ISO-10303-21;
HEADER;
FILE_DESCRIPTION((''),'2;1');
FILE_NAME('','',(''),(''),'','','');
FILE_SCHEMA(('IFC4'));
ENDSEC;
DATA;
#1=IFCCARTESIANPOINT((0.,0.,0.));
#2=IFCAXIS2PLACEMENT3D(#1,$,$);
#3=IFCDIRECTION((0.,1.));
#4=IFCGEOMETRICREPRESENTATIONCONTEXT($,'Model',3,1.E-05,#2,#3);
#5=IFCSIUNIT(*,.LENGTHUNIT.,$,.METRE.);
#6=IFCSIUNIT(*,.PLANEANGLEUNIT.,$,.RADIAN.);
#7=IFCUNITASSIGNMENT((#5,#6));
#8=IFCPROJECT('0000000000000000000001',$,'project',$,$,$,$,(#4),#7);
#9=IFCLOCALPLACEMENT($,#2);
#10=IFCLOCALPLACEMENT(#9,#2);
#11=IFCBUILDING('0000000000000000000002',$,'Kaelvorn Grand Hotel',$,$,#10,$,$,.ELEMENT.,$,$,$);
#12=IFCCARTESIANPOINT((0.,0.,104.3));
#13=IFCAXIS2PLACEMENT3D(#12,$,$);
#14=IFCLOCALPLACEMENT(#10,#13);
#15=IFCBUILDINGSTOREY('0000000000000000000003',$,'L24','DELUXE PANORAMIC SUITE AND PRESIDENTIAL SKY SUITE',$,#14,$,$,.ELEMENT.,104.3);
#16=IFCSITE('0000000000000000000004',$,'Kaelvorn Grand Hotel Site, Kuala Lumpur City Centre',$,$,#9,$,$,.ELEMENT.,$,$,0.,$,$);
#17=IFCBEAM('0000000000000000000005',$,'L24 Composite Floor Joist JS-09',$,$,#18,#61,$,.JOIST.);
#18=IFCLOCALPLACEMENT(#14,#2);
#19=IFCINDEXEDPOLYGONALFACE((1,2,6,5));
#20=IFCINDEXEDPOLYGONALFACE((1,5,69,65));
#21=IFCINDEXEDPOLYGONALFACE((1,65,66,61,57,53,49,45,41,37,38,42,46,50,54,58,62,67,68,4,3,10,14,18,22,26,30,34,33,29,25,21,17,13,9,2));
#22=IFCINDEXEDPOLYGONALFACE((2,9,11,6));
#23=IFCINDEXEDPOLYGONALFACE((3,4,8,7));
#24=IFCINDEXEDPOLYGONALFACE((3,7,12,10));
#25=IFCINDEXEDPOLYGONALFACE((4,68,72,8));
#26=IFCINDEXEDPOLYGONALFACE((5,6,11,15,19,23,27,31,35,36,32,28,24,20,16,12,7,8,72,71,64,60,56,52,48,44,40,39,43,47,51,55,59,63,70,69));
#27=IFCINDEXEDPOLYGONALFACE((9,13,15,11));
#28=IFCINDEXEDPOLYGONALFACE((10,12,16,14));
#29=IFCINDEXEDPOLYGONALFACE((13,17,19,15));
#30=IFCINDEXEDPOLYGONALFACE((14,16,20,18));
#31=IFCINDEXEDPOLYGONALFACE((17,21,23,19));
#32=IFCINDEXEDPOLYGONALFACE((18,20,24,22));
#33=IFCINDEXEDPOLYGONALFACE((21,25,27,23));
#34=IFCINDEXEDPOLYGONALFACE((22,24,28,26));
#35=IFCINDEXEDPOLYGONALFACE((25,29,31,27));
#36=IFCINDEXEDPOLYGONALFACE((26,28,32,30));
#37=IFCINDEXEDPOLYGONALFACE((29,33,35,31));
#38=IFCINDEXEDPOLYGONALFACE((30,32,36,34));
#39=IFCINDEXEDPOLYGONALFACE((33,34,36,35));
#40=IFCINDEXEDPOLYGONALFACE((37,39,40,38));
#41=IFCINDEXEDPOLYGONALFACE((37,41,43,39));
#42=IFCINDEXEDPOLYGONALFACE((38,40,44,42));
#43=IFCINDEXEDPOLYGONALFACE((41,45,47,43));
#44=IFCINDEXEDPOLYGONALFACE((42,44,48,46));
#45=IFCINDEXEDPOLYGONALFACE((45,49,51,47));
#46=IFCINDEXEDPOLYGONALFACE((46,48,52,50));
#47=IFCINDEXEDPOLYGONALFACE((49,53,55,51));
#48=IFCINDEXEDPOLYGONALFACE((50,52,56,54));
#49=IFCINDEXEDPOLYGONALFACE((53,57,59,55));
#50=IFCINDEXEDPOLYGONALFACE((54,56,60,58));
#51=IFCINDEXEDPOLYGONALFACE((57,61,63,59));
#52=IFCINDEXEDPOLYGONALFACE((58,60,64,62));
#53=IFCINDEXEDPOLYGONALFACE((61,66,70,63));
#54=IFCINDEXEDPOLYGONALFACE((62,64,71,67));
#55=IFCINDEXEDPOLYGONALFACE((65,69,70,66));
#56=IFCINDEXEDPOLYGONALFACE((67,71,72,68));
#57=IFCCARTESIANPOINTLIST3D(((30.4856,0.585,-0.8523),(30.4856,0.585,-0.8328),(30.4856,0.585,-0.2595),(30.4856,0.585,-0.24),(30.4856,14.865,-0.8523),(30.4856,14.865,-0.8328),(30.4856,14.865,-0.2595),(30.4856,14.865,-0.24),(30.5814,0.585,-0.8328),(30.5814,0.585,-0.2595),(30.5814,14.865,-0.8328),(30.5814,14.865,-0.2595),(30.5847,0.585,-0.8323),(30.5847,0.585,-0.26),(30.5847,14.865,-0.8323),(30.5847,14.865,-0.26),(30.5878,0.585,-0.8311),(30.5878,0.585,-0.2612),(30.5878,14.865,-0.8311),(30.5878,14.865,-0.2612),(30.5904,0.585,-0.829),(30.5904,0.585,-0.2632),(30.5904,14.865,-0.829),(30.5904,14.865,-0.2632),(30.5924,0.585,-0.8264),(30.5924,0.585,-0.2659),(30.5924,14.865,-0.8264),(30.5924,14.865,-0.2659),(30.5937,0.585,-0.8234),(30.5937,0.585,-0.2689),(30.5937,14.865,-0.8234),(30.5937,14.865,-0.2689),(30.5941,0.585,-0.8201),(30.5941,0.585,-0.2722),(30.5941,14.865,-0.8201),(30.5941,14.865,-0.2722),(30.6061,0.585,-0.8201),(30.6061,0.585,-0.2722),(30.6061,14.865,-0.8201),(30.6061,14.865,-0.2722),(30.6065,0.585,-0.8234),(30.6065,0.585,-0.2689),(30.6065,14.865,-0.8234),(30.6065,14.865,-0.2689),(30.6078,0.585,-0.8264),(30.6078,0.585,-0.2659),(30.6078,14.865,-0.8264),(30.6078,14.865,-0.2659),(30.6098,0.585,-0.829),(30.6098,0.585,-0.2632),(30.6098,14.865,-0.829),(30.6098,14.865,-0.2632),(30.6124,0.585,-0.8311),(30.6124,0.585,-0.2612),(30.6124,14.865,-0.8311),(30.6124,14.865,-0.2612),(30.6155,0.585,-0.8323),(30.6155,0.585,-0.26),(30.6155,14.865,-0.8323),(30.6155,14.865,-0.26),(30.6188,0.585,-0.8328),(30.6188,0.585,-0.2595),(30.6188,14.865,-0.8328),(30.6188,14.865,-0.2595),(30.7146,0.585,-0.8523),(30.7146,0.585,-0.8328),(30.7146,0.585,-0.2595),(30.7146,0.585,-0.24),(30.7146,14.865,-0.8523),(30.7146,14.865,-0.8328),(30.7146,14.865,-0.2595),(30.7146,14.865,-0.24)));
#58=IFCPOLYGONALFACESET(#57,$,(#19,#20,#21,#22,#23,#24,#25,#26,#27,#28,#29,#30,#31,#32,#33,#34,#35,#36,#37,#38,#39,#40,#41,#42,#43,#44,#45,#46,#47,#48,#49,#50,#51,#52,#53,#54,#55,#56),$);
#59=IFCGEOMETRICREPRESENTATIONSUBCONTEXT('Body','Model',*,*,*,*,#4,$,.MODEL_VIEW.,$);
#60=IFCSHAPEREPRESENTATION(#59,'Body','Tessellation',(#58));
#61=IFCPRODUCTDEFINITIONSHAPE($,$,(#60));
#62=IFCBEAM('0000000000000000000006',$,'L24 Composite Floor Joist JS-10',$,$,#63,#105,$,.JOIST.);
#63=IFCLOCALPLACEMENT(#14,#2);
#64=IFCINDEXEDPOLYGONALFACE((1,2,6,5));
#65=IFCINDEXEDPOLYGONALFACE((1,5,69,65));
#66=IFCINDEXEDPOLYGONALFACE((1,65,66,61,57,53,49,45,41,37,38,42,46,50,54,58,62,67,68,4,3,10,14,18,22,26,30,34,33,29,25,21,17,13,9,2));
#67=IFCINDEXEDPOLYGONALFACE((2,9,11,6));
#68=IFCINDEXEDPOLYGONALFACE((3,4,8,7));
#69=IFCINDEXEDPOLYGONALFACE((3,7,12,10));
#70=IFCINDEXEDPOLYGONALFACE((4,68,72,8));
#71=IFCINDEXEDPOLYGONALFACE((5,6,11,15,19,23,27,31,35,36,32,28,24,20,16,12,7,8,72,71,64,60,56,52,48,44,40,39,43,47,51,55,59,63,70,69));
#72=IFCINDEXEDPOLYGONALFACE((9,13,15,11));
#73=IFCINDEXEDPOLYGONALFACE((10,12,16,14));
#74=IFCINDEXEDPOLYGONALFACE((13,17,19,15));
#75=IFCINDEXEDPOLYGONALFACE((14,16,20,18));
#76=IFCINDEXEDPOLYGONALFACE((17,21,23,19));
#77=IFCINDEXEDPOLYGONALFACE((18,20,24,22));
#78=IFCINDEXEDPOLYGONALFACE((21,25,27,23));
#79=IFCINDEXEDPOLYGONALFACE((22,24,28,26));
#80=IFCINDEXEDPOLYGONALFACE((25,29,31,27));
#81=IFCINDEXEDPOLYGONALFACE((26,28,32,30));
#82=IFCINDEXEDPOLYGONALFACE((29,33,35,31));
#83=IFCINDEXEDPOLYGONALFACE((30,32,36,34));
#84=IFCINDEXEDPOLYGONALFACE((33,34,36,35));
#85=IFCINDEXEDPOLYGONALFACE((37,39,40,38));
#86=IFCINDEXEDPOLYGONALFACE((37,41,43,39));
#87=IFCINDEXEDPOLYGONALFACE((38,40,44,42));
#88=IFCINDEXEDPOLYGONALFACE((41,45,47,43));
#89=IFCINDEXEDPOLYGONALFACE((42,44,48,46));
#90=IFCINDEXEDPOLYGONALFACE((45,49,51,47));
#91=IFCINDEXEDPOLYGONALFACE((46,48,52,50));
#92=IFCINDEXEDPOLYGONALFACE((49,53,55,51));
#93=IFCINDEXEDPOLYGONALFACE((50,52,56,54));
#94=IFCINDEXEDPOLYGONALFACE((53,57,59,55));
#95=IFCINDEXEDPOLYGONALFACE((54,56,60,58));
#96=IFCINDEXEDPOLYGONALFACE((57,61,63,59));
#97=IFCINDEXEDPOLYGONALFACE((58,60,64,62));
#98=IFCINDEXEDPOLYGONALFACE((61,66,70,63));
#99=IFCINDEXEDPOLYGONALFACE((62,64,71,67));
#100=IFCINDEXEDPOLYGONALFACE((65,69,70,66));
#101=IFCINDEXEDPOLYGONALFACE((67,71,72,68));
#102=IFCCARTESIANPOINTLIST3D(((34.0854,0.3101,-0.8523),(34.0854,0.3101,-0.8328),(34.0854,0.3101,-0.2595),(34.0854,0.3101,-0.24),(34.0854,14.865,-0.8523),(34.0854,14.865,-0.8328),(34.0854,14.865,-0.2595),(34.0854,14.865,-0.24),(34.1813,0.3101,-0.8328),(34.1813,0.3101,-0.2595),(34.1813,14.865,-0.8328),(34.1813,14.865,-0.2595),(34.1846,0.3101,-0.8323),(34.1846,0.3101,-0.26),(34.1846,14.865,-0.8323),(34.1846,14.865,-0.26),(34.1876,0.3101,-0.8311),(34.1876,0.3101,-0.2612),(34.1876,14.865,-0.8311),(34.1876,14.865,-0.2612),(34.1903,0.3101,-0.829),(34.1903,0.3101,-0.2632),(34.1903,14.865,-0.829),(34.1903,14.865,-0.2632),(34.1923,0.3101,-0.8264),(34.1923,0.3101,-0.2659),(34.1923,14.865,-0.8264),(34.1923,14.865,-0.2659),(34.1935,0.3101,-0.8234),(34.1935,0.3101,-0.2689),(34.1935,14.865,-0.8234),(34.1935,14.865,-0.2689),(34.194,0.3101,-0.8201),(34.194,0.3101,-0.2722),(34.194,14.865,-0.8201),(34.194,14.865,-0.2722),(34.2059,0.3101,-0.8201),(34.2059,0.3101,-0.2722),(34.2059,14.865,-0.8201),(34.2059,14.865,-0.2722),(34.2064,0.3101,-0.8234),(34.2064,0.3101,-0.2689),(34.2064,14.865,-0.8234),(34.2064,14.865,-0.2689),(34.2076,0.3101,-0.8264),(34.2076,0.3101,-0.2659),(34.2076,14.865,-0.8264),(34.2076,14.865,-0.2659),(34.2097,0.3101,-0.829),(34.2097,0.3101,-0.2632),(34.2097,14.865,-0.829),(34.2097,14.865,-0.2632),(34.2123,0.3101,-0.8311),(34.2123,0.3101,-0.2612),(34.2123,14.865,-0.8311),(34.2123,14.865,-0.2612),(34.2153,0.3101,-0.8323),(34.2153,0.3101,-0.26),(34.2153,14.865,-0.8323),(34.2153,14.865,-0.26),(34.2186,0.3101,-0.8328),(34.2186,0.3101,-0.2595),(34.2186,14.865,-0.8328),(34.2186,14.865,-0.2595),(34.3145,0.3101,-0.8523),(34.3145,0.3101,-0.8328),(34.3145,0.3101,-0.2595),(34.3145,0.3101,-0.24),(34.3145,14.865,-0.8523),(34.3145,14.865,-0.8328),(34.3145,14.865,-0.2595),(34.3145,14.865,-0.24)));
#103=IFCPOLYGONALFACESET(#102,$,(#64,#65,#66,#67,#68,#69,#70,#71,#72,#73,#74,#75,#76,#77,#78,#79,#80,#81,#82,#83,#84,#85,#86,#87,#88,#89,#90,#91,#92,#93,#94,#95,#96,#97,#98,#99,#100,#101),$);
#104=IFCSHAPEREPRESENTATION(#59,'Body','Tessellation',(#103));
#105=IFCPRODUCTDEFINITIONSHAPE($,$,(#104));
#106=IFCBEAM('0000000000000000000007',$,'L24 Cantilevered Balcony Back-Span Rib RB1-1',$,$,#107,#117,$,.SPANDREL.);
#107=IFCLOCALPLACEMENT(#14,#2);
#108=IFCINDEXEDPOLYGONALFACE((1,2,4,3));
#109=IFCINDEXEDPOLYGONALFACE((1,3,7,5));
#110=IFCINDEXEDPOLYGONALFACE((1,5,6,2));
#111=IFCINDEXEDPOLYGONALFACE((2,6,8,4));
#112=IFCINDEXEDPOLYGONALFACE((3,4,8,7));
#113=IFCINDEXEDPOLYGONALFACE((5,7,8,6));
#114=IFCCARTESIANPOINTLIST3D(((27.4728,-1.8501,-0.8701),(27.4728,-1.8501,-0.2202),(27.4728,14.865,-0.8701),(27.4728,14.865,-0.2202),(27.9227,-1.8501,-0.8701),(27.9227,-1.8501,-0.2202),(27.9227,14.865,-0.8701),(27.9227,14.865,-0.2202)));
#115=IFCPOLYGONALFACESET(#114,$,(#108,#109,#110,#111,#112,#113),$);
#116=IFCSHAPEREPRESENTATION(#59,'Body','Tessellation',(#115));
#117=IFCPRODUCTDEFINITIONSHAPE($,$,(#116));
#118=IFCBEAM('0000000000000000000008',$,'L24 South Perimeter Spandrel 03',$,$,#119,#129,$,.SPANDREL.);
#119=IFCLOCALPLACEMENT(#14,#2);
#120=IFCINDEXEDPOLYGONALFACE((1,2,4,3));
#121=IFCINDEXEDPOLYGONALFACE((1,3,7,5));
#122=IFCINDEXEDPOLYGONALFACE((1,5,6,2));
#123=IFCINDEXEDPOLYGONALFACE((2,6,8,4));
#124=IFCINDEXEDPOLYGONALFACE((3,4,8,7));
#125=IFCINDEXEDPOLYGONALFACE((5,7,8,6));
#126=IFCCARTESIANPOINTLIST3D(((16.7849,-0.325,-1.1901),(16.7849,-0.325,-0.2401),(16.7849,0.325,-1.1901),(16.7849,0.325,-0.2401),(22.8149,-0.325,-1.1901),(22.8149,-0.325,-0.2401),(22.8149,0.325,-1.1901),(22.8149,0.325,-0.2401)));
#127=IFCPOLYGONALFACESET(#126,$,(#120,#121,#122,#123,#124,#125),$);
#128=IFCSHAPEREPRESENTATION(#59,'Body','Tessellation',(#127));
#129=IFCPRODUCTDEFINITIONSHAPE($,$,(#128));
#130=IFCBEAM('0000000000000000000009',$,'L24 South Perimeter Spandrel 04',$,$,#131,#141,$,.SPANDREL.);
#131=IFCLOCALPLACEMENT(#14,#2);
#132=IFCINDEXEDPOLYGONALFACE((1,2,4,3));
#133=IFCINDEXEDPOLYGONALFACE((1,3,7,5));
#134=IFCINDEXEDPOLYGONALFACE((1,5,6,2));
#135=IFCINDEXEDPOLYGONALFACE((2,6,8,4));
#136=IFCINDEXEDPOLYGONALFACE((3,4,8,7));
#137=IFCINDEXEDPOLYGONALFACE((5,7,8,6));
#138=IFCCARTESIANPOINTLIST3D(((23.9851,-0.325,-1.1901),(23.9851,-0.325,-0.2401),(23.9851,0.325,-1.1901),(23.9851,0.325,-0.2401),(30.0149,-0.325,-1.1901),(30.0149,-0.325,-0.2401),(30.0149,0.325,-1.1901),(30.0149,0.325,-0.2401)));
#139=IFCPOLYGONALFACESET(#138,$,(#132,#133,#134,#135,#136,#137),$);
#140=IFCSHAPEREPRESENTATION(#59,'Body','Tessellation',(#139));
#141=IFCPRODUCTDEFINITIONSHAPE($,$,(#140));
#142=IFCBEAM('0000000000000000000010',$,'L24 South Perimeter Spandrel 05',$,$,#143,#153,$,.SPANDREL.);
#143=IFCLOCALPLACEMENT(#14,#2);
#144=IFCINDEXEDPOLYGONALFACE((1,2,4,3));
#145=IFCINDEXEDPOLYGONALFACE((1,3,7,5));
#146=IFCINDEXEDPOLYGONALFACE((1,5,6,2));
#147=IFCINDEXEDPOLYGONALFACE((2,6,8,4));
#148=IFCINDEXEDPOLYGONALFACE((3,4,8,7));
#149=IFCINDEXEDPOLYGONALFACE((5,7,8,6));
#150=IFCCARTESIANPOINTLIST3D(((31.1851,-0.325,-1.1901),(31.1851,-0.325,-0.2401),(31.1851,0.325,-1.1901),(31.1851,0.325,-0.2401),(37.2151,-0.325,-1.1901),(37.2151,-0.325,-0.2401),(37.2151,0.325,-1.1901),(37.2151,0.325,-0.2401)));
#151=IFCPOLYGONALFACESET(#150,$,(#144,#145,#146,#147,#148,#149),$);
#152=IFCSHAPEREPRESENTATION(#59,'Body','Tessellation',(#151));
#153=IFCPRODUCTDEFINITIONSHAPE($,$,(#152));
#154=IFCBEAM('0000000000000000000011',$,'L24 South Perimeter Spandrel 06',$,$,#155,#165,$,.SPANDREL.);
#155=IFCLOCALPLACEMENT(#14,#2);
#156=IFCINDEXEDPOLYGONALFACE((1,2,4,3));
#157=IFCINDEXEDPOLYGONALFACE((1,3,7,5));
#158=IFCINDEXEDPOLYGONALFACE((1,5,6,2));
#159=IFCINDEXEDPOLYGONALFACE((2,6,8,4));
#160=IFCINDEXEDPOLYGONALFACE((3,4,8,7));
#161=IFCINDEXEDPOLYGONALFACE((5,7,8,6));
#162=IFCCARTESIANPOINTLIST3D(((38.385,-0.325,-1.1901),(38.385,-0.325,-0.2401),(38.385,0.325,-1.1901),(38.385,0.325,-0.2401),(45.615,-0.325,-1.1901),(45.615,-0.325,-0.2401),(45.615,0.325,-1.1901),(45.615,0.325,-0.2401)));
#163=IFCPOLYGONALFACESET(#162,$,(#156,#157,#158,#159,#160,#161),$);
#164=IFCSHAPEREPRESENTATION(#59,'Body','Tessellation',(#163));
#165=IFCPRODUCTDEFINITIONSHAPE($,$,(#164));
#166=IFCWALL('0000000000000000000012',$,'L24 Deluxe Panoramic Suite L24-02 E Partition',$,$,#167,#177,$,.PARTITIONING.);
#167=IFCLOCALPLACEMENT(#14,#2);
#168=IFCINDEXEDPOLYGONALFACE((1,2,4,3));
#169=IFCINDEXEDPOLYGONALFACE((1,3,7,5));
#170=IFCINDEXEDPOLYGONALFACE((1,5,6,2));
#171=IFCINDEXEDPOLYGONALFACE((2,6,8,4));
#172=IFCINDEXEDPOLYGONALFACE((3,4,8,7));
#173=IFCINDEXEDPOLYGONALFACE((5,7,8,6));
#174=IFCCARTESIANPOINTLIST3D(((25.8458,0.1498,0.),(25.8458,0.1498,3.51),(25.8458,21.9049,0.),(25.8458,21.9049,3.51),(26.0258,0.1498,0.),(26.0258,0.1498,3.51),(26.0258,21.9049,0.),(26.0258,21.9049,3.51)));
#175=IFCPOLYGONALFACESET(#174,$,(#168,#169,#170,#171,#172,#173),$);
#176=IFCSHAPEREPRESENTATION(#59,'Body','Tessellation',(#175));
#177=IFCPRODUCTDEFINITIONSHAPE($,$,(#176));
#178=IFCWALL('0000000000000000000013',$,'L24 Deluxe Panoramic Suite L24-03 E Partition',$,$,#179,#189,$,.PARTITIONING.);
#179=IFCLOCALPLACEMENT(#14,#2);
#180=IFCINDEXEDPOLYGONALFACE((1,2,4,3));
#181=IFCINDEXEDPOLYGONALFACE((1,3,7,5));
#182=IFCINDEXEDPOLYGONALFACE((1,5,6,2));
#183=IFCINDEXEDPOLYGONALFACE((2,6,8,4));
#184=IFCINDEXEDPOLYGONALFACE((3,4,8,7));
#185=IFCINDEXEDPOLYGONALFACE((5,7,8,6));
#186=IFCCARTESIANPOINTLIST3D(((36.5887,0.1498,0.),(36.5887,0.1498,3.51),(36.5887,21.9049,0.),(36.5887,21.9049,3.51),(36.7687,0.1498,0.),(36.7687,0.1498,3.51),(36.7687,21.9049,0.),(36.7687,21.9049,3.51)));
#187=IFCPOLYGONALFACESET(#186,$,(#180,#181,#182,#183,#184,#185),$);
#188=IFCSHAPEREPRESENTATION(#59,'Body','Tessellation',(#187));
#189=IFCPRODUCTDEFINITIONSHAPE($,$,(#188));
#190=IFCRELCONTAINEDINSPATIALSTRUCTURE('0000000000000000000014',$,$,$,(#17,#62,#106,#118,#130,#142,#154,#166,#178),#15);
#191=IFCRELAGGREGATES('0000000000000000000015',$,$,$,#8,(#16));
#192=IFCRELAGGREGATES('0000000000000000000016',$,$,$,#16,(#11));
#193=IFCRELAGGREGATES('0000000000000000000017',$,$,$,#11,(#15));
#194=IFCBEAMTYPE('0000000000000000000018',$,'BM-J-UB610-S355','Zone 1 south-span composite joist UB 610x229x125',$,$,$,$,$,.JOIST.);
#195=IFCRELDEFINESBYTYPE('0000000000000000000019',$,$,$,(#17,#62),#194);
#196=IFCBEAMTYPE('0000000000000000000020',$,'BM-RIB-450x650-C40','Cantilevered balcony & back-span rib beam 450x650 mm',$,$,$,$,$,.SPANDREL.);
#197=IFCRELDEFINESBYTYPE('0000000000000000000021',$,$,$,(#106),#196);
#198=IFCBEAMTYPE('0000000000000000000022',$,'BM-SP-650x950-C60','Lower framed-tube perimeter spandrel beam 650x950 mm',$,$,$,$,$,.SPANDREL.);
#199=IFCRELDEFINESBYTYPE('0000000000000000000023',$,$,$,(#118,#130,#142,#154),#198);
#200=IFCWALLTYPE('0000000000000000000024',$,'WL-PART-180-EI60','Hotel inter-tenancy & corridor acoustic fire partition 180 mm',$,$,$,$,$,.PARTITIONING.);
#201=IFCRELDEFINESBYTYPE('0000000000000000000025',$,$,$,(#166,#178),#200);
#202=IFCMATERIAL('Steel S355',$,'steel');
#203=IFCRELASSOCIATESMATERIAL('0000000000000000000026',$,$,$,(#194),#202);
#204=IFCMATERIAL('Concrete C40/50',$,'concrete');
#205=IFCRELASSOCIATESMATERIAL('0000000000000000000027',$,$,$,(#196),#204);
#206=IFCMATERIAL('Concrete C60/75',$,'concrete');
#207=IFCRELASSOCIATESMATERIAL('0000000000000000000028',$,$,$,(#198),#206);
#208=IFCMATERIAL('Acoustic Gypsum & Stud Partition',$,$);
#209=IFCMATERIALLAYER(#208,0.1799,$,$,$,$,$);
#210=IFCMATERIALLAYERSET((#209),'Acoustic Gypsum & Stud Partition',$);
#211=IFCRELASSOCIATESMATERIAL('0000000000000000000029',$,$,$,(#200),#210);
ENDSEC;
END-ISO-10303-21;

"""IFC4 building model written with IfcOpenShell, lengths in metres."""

from ifc_helpers import new_model, si_unit, direction, frame, frame_2d, origin, origin_2d, place, context, subcontext, project, spatial, rectangle, i_section, extrude, material, layer, layer_set, material_profile, profile_set, type_object, element, save


model = new_model("IFC4")

# Units and contexts
model_context = context("Model", 3, precision=1e-05, world=origin(), true_north=direction((0.0, 1.0)))
body_context = subcontext(model_context, "Body", "Model", "MODEL_VIEW")
ifc_project = project(units=[si_unit("LENGTHUNIT", "METRE"), si_unit("PLANEANGLEUNIT", "RADIAN")], contexts=[model_context])

# Site, building, storey
site_placement = place(None, origin())
site = spatial("IfcSite", under=ifc_project, at=site_placement, Name="Kaelvorn Grand Hotel Site, Kuala Lumpur City Centre", CompositionType="ELEMENT", RefElevation=0.0)
building_placement = place(site_placement, origin())
building = spatial("IfcBuilding", under=site, at=building_placement, Name="Kaelvorn Grand Hotel", CompositionType="ELEMENT")
storey_placement = place(building_placement, frame((0.0, 0.0, 104.3)))
storey = spatial("IfcBuildingStorey", under=building, at=storey_placement, Name="L24", Description="DELUXE PANORAMIC SUITE AND PRESIDENTIAL SKY SUITE", CompositionType="ELEMENT", Elevation=104.3)

# Shared definitions
ifc_material_1 = material(Name="Concrete C60/75", Category="concrete")

# Beams
ifc_material_2 = material(Name="Steel S355", Category="steel")
ifc_material_profile_1 = material_profile(ifc_material_2, i_section(OverallWidth=0.229, OverallDepth=0.6123, WebThickness=0.012, FlangeThickness=0.0195, FilletRadius=0.0127, at=origin_2d()), Name="UB 610x229x125")
ifc_profile_set_1 = profile_set([ifc_material_profile_1], Name="Steel S355")
beam_type_1 = type_object("IfcBeamType", Name="BM-J-UB610-S355", Description="Zone 1 south-span composite joist UB 610x229x125", PredefinedType="JOIST", material=ifc_profile_set_1)
for number, where, z_axis, x_axis, name in (
    (1, (30.6001, 0.585, -0.5461), (0.0, 1.0, 0.0), (-1.0, 0.0, 0.0), "L24 Composite Floor Joist JS-09"),
):
    element("IfcBeam", number, at=place(storey_placement, frame(where, z_axis=z_axis, x_axis=x_axis)), inside=storey, type_object=beam_type_1, Name=name, PredefinedType="JOIST", context=body_context, shape_type="SweptSolid", body=[
        extrude(i_section(OverallWidth=0.229, OverallDepth=0.6123, WebThickness=0.012, FlangeThickness=0.0195, FilletRadius=0.0127, at=origin_2d()), origin(), (0.0, 0.0, 1.0), 14.28),
    ])
beam_1_placement = place(storey_placement, frame((34.2, 0.3101, -0.5461), z_axis=(0.0, 1.0, 0.0), x_axis=(-1.0, 0.0, 0.0)))
element("IfcBeam", 2, at=beam_1_placement, inside=storey, type_object=beam_type_1, Name="L24 Composite Floor Joist JS-10", PredefinedType="JOIST", context=body_context, shape_type="SweptSolid", body=[
    extrude(i_section(OverallWidth=0.229, OverallDepth=0.6123, WebThickness=0.012, FlangeThickness=0.0195, FilletRadius=0.0127, at=origin_2d()), origin(), (0.0, 0.0, 1.0), 14.5549),
])
ifc_material_3 = material(Name="Concrete C40/50", Category="concrete")
ifc_material_profile_2 = material_profile(ifc_material_3, rectangle(XDim=0.45, YDim=0.6499, at=origin_2d()), Name="RC RIB 450x650")
ifc_profile_set_2 = profile_set([ifc_material_profile_2], Name="Concrete C40/50")
beam_type_2 = type_object("IfcBeamType", Name="BM-RIB-450x650-C40", Description="Cantilevered balcony & back-span rib beam 450x650 mm", PredefinedType="SPANDREL", material=ifc_profile_set_2)
beam_2_placement = place(storey_placement, frame((27.6978, -1.8501, -0.5452), z_axis=(0.0, 1.0, 0.0), x_axis=(-1.0, 0.0, 0.0)))
element("IfcBeam", 3, at=beam_2_placement, inside=storey, type_object=beam_type_2, Name="L24 Cantilevered Balcony Back-Span Rib RB1-1", PredefinedType="SPANDREL", context=body_context, shape_type="SweptSolid", body=[
    extrude(rectangle(XDim=0.45, YDim=0.6499, at=origin_2d()), origin(), (0.0, 0.0, 1.0), 16.7151),
])
ifc_material_profile_3 = material_profile(ifc_material_1, rectangle(XDim=0.6499, YDim=0.95, at=origin_2d()), Name="RC SPANDREL 650x950")
ifc_profile_set_3 = profile_set([ifc_material_profile_3], Name="Concrete C60/75")
beam_type_3 = type_object("IfcBeamType", Name="BM-SP-650x950-C60", Description="Lower framed-tube perimeter spandrel beam 650x950 mm", PredefinedType="SPANDREL", material=ifc_profile_set_3)
beam_3_placement = place(storey_placement, frame((16.7849, 0.0, -0.7151), z_axis=(1.0, 0.0, 0.0), x_axis=(0.0, 1.0, 0.0)))
element("IfcBeam", 4, at=beam_3_placement, inside=storey, type_object=beam_type_3, Name="L24 South Perimeter Spandrel 03", PredefinedType="SPANDREL", context=body_context, shape_type="SweptSolid", body=[
    extrude(rectangle(XDim=0.6499, YDim=0.95, at=origin_2d()), origin(), (0.0, 0.0, 1.0), 6.03),
])
beam_4_placement = place(storey_placement, frame((23.9851, 0.0, -0.7151), z_axis=(1.0, 0.0, 0.0), x_axis=(0.0, 1.0, 0.0)))
element("IfcBeam", 5, at=beam_4_placement, inside=storey, type_object=beam_type_3, Name="L24 South Perimeter Spandrel 04", PredefinedType="SPANDREL", context=body_context, shape_type="SweptSolid", body=[
    extrude(rectangle(XDim=0.6499, YDim=0.95, at=origin_2d()), origin(), (0.0, 0.0, 1.0), 6.0298),
])
beam_5_placement = place(storey_placement, frame((31.1851, 0.0, -0.7151), z_axis=(1.0, 0.0, 0.0), x_axis=(0.0, 1.0, 0.0)))
element("IfcBeam", 6, at=beam_5_placement, inside=storey, type_object=beam_type_3, Name="L24 South Perimeter Spandrel 05", PredefinedType="SPANDREL", context=body_context, shape_type="SweptSolid", body=[
    extrude(rectangle(XDim=0.6499, YDim=0.95, at=origin_2d()), origin(), (0.0, 0.0, 1.0), 6.03),
])
beam_6_placement = place(storey_placement, frame((38.385, 0.0, -0.7151), z_axis=(1.0, 0.0, 0.0), x_axis=(0.0, 1.0, 0.0)))
element("IfcBeam", 7, at=beam_6_placement, inside=storey, type_object=beam_type_3, Name="L24 South Perimeter Spandrel 06", PredefinedType="SPANDREL", context=body_context, shape_type="SweptSolid", body=[
    extrude(rectangle(XDim=0.6499, YDim=0.95, at=origin_2d()), origin(), (0.0, 0.0, 1.0), 7.23),
])

# Walls
ifc_material_4 = material(Name="Acoustic Gypsum & Stud Partition")
ifc_layer_1 = layer(ifc_material_4, 0.1799)
ifc_layer_set_1 = layer_set([ifc_layer_1], Name="Acoustic Gypsum & Stud Partition")
wall_type_1 = type_object("IfcWallType", Name="WL-PART-180-EI60", Description="Hotel inter-tenancy & corridor acoustic fire partition 180 mm", PredefinedType="PARTITIONING", material=ifc_layer_set_1)
for number, where, z_axis, x_axis, name in (
    (8, (25.9358, 0.1499, 0.0), (0.0, 0.0, 1.0), (0.0, 1.0, 0.0), "L24 Deluxe Panoramic Suite L24-02 E Partition"),
    (9, (36.6787, 0.1499, 0.0), (0.0, 0.0, 1.0), (0.0, 1.0, 0.0), "L24 Deluxe Panoramic Suite L24-03 E Partition"),
):
    element("IfcWall", number, at=place(storey_placement, frame(where, z_axis=z_axis, x_axis=x_axis)), inside=storey, type_object=wall_type_1, Name=name, PredefinedType="PARTITIONING", context=body_context, shape_type="SweptSolid", body=[
        extrude(rectangle(XDim=21.7551, YDim=0.1799, at=frame_2d((10.8774, 0.0))), origin(), (0.0, 0.0, 1.0), 3.51),
    ])

save(model, "model.ifc")
